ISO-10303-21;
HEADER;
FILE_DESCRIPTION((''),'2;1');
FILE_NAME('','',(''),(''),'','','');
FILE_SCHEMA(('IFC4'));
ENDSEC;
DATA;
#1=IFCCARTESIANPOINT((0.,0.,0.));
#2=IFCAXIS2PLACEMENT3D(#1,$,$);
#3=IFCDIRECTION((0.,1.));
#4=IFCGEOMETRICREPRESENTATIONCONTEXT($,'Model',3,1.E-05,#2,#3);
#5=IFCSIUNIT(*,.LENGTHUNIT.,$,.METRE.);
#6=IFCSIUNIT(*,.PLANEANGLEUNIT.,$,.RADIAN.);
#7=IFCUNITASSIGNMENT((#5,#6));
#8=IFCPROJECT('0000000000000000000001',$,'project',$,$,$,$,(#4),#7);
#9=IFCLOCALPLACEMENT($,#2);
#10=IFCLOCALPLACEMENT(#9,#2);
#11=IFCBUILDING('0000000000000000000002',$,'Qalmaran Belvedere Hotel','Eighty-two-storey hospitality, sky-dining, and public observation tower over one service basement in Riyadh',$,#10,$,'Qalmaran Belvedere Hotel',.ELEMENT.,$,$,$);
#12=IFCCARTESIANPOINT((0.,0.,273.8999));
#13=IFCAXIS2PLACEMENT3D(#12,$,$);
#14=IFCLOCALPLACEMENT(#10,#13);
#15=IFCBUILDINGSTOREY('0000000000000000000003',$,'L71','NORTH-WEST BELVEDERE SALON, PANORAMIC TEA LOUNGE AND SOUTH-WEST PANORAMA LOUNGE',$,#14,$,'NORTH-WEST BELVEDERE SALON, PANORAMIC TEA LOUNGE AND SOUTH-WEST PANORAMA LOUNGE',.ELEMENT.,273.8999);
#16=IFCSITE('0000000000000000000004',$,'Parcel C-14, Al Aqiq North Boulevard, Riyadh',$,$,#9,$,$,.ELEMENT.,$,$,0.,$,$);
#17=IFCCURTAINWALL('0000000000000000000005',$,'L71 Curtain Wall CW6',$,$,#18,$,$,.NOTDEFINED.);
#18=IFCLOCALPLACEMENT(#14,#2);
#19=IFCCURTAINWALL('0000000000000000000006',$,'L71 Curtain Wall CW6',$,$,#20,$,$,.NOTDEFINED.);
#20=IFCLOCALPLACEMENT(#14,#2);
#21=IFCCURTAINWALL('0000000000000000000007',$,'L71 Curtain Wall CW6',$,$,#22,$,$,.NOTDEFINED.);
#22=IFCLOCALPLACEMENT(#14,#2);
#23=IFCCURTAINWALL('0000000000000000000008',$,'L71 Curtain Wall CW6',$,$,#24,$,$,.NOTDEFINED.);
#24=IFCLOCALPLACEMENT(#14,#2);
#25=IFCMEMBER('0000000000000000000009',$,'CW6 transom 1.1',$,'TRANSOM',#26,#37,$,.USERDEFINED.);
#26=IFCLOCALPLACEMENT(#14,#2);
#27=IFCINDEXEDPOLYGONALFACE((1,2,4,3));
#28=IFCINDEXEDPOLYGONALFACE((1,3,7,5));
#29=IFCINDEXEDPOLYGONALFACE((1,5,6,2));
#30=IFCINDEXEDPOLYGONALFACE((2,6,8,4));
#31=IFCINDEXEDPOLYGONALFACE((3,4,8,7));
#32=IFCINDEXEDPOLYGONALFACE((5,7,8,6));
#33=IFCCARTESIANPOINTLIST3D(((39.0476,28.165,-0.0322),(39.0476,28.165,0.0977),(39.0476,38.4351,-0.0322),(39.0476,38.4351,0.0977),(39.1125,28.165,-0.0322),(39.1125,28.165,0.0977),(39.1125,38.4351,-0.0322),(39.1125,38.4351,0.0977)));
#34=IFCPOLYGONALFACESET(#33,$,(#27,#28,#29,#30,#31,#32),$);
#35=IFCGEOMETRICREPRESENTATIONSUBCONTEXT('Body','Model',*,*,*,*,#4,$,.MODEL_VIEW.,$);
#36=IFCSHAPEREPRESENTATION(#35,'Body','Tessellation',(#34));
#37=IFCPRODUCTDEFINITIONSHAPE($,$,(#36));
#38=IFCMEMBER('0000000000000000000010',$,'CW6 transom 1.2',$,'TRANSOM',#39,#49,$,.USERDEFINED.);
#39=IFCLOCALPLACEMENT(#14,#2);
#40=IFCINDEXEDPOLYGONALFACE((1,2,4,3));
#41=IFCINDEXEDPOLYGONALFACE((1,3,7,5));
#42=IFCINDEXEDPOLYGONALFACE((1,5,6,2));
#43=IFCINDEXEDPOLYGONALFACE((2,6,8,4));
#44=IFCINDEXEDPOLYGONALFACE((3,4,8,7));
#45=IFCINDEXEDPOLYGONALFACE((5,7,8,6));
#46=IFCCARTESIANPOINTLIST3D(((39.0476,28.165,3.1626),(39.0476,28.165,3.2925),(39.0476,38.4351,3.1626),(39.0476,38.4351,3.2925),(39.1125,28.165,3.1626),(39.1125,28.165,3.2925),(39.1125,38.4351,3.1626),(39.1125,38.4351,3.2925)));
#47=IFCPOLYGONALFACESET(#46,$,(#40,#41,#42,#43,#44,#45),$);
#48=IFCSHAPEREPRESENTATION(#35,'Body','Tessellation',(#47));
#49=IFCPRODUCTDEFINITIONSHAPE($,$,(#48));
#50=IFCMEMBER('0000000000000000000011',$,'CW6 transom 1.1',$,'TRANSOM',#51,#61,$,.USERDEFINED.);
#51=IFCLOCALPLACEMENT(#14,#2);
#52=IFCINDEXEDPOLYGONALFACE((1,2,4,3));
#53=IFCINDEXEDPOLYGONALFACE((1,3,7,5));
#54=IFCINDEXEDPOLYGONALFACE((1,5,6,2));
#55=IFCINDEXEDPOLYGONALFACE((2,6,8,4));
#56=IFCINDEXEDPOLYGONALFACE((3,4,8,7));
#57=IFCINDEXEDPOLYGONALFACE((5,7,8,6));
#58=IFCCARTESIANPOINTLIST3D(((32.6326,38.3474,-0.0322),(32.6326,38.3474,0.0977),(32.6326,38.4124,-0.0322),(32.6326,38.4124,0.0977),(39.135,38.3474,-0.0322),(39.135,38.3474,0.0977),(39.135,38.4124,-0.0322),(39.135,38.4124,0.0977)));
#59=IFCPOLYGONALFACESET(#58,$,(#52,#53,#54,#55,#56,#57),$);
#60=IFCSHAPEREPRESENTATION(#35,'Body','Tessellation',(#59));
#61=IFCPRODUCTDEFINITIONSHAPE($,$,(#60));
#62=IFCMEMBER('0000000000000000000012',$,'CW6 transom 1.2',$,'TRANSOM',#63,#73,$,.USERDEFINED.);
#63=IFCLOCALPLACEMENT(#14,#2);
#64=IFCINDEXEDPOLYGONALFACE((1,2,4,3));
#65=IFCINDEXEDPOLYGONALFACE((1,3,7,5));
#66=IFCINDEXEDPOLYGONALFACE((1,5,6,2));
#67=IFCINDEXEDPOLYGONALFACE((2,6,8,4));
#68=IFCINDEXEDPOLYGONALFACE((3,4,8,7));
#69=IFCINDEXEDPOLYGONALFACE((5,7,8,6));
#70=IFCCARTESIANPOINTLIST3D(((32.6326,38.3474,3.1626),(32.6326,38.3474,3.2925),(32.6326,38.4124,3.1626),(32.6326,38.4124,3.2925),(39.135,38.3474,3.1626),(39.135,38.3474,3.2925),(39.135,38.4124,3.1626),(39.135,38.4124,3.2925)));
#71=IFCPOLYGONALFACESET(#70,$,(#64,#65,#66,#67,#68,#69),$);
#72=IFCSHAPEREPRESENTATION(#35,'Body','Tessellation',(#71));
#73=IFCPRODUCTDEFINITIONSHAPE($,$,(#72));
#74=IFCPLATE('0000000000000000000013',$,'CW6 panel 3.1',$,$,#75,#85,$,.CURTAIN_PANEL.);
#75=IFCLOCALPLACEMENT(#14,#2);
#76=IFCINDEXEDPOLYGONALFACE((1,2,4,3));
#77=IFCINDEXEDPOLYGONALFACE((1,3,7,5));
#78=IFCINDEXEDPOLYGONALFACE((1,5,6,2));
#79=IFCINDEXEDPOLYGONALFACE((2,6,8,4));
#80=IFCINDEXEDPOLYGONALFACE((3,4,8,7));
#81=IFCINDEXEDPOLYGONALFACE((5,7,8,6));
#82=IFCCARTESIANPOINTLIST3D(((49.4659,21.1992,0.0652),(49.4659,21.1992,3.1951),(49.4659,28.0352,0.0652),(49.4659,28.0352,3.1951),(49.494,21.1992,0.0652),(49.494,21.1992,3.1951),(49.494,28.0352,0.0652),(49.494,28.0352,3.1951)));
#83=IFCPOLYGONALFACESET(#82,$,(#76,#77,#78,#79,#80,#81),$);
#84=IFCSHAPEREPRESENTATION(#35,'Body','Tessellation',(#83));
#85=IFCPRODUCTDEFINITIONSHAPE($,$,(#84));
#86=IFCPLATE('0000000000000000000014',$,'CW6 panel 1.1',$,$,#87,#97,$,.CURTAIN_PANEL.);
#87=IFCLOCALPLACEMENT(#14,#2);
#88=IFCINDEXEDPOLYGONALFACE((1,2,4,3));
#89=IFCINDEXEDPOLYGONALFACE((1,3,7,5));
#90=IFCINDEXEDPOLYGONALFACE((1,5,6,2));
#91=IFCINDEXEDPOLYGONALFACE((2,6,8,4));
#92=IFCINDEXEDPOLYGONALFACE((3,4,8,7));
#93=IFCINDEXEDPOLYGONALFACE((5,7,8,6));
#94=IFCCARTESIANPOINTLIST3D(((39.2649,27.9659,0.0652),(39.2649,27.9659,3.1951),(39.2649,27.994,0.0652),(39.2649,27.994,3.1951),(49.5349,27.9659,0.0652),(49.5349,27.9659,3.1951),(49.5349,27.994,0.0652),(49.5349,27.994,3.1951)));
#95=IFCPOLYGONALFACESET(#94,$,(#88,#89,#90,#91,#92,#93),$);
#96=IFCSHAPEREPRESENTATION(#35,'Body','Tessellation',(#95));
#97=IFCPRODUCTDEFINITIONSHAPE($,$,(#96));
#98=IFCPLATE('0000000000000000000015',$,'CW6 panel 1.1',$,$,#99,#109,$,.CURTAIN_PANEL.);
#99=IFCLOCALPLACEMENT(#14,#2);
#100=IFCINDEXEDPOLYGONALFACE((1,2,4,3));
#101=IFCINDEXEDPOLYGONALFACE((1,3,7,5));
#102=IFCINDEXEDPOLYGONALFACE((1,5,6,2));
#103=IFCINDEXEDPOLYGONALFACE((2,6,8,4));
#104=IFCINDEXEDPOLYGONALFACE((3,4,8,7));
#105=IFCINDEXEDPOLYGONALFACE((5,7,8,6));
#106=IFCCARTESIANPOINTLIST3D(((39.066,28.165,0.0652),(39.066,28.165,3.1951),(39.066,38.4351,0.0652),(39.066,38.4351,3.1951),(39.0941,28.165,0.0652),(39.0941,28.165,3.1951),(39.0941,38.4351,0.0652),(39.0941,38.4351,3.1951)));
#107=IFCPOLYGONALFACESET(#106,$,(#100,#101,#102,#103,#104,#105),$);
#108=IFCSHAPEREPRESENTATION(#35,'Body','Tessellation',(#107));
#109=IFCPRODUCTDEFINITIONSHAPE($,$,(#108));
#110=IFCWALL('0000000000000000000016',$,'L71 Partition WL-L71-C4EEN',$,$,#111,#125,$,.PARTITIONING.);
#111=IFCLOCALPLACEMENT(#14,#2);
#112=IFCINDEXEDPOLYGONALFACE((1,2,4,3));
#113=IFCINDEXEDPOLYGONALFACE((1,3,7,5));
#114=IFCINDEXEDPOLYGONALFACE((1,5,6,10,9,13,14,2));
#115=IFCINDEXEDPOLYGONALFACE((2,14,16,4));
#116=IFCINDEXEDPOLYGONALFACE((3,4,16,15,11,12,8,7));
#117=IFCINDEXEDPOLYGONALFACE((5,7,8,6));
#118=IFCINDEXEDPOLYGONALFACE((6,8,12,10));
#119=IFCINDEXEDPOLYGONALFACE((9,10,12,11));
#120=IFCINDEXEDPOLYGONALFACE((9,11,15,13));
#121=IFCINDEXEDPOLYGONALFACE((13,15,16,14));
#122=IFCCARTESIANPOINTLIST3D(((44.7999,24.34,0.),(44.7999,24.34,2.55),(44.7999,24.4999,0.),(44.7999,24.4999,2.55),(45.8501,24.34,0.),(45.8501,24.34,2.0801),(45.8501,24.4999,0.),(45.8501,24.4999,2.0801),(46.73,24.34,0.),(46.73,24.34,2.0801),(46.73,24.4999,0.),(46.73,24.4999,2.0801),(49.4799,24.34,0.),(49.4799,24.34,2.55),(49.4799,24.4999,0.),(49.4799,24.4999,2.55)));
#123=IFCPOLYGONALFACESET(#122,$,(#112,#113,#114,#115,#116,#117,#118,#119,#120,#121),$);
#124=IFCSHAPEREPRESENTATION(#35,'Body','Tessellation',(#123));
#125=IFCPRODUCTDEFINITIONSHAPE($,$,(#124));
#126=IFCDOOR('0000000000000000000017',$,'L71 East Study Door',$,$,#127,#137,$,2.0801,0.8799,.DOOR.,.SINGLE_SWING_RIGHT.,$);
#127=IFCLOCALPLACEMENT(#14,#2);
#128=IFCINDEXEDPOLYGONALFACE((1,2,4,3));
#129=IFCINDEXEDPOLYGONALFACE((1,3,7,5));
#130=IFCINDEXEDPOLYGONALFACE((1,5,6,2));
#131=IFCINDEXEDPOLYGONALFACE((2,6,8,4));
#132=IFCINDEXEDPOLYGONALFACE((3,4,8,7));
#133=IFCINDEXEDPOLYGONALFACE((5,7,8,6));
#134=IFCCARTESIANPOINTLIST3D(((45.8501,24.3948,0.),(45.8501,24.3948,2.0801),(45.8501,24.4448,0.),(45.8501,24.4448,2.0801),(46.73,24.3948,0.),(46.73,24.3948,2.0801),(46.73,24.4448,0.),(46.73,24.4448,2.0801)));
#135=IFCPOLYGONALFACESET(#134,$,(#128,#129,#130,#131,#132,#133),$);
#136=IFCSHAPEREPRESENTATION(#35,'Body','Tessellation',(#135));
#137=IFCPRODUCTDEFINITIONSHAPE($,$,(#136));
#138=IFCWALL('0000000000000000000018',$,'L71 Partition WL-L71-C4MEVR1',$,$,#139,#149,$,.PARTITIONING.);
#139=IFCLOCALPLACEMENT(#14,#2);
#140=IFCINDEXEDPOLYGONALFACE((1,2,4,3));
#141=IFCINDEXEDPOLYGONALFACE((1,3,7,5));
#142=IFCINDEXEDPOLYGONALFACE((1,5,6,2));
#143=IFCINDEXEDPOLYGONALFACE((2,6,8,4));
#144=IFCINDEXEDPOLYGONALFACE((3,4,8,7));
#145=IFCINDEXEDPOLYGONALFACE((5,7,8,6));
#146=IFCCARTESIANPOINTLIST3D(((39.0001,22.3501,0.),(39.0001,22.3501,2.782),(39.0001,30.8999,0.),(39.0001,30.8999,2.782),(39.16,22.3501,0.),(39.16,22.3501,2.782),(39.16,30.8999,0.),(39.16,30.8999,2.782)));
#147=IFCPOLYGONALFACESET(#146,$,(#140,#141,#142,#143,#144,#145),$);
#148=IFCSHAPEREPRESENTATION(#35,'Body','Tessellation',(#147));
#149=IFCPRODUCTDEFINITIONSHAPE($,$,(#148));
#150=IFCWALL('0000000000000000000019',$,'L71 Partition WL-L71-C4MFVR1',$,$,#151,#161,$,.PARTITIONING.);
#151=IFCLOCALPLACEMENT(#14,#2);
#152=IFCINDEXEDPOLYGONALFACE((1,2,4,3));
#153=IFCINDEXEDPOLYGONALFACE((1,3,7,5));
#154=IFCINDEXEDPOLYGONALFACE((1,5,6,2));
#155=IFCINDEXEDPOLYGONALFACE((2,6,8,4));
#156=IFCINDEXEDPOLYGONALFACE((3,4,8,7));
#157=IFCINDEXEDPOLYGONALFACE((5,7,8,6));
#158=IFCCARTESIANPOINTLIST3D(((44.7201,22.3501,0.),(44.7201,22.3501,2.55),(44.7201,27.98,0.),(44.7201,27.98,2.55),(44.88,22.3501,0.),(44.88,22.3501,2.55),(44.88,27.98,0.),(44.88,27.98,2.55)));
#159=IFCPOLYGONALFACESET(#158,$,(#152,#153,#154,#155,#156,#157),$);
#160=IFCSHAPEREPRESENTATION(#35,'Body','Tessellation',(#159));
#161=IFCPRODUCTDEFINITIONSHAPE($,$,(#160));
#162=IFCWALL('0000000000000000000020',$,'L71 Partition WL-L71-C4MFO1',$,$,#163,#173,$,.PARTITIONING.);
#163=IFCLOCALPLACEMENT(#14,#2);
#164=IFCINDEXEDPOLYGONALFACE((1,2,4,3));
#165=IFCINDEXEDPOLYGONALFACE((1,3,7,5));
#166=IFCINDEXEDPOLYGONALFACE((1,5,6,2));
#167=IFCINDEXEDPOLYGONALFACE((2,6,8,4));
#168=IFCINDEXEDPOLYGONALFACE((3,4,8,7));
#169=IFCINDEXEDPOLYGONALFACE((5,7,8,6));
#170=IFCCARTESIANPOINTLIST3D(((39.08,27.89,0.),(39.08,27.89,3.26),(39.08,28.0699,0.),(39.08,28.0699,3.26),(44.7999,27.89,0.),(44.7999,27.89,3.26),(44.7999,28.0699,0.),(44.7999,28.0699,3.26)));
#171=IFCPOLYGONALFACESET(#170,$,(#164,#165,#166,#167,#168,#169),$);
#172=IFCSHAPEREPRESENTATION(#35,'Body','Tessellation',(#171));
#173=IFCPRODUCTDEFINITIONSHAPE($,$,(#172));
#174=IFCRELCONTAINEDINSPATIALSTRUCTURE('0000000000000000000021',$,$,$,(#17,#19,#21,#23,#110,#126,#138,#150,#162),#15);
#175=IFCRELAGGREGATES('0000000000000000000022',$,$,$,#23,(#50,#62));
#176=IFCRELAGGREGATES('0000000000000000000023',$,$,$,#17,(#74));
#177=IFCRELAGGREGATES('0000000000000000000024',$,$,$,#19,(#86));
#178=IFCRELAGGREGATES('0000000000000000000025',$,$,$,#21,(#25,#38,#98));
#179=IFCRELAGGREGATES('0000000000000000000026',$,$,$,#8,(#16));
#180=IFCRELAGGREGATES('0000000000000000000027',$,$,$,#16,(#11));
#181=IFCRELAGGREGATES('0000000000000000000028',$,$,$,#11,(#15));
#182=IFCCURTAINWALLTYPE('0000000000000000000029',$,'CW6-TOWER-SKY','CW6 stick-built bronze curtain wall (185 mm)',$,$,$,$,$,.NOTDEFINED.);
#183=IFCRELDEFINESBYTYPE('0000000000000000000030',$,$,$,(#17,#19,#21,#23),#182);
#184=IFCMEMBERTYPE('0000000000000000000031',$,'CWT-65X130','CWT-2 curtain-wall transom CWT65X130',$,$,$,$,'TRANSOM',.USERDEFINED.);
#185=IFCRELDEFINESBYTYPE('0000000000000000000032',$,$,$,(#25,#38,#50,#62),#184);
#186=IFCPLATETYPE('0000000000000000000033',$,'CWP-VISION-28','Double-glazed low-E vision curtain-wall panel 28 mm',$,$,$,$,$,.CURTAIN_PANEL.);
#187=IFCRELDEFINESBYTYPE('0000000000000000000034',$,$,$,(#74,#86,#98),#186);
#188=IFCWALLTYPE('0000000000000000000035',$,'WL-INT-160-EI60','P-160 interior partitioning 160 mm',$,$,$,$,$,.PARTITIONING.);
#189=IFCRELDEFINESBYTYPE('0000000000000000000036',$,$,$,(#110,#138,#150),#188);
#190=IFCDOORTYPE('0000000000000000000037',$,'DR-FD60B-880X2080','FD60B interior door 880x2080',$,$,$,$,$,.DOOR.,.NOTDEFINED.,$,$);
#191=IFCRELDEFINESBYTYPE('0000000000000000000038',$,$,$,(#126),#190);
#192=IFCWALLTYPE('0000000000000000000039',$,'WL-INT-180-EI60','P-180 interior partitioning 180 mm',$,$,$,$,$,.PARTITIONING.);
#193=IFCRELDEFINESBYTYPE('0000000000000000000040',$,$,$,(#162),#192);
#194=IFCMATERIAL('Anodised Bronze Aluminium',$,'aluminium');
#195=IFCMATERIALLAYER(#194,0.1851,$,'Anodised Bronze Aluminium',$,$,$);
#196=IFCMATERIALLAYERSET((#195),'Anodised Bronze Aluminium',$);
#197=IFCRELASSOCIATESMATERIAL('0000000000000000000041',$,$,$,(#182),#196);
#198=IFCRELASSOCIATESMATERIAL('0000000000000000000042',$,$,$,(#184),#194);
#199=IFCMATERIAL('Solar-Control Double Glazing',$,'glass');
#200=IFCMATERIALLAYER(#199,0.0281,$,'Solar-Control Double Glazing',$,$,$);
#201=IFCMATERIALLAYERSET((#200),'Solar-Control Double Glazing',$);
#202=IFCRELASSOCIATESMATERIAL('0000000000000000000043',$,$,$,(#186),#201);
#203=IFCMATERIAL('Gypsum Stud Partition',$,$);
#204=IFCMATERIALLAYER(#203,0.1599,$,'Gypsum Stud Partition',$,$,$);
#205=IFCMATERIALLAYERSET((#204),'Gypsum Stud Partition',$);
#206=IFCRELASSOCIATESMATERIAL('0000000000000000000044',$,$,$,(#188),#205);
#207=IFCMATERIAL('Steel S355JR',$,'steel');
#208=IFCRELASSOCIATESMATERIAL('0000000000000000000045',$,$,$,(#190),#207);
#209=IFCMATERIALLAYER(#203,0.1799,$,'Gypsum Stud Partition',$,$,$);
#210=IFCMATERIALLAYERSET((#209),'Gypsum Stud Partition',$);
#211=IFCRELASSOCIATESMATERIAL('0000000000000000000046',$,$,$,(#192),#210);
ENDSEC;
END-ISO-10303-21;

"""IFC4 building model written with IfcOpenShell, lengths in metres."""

from ifc_helpers import new_model, si_unit, direction, frame, frame_2d, origin, origin_2d, place, context, subcontext, project, spatial, rectangle, extrude, material, layer, layer_set, material_profile, profile_set, type_object, element, fill, aggregate, save


model = new_model("IFC4")

# Units and contexts
model_context = context("Model", 3, precision=1e-05, world=origin(), true_north=direction((0.0, 1.0)))
body_context = subcontext(model_context, "Body", "Model", "MODEL_VIEW")
ifc_project = project(units=[si_unit("LENGTHUNIT", "METRE"), si_unit("PLANEANGLEUNIT", "RADIAN")], contexts=[model_context])

# Site, building, storey
site_placement = place(None, origin())
site = spatial("IfcSite", under=ifc_project, at=site_placement, Name="Parcel C-14, Al Aqiq North Boulevard, Riyadh", CompositionType="ELEMENT", RefElevation=0.0)
building_placement = place(site_placement, origin())
building = spatial("IfcBuilding", under=site, at=building_placement, Name="Qalmaran Belvedere Hotel", Description="Eighty-two-storey hospitality, sky-dining, and public observation tower over one service basement in Riyadh", LongName="Qalmaran Belvedere Hotel", CompositionType="ELEMENT")
storey_placement = place(building_placement, frame((0.0, 0.0, 273.8999)))
storey = spatial("IfcBuildingStorey", under=building, at=storey_placement, Name="L71", Description="NORTH-WEST BELVEDERE SALON, PANORAMIC TEA LOUNGE AND SOUTH-WEST PANORAMA LOUNGE", LongName="NORTH-WEST BELVEDERE SALON, PANORAMIC TEA LOUNGE AND SOUTH-WEST PANORAMA LOUNGE", CompositionType="ELEMENT", Elevation=273.8999)

# Shared definitions
ifc_material_1 = material(Name="Steel S355JR", Category="steel")

# Curtain walls
ifc_material_2 = material(Name="Anodised Bronze Aluminium", Category="aluminium")
ifc_layer_1 = layer(ifc_material_2, 0.1851, Name="Anodised Bronze Aluminium")
ifc_layer_set_1 = layer_set([ifc_layer_1], Name="Anodised Bronze Aluminium")
curtain_wall_type = type_object("IfcCurtainWallType", Name="CW6-TOWER-SKY", Description="CW6 stick-built bronze curtain wall (185 mm)", PredefinedType="NOTDEFINED", material=ifc_layer_set_1)
curtain_wall_1_placement = place(storey_placement, origin())
curtain_wall_1 = element("IfcCurtainWall", 1, at=curtain_wall_1_placement, inside=storey, type_object=curtain_wall_type, Name="L71 Curtain Wall CW6", PredefinedType="NOTDEFINED")
curtain_wall_2_placement = place(storey_placement, origin())
curtain_wall_2 = element("IfcCurtainWall", 2, at=curtain_wall_2_placement, inside=storey, type_object=curtain_wall_type, Name="L71 Curtain Wall CW6", PredefinedType="NOTDEFINED")
curtain_wall_3_placement = place(storey_placement, origin())
curtain_wall_3 = element("IfcCurtainWall", 3, at=curtain_wall_3_placement, inside=storey, type_object=curtain_wall_type, Name="L71 Curtain Wall CW6", PredefinedType="NOTDEFINED")

# Curtain wall
curtain_wall_4_placement = place(storey_placement, origin())
curtain_wall_4 = element("IfcCurtainWall", 4, at=curtain_wall_4_placement, inside=storey, type_object=curtain_wall_type, Name="L71 Curtain Wall CW6", PredefinedType="NOTDEFINED")

# Members
ifc_material_profile_1 = material_profile(ifc_material_2, rectangle(XDim=0.0649, YDim=0.1299, at=origin_2d()), Name="CWT65X130")
ifc_profile_set_1 = profile_set([ifc_material_profile_1], Name="Anodised Bronze Aluminium")
member_type_1 = type_object("IfcMemberType", Name="CWT-65X130", Description="CWT-2 curtain-wall transom CWT65X130", ElementType="TRANSOM", PredefinedType="USERDEFINED", material=ifc_profile_set_1)
member_1_placement = place(storey_placement, frame((39.0801, 28.165, 0.0327), z_axis=(0.0, 1.0, 0.0), x_axis=(-1.0, 0.0, 0.0)))
member_1 = element("IfcMember", 5, at=member_1_placement, type_object=member_type_1, Name="CW6 transom 1.1", ObjectType="TRANSOM", PredefinedType="USERDEFINED", context=body_context, shape_type="SweptSolid", body=[
    extrude(rectangle(XDim=0.0649, YDim=0.1299, at=origin_2d()), origin(), (0.0, 0.0, 1.0), 10.27),
])
member_2_placement = place(storey_placement, frame((39.0801, 28.165, 3.2275), z_axis=(0.0, 1.0, 0.0), x_axis=(-1.0, 0.0, 0.0)))
member_2 = element("IfcMember", 6, at=member_2_placement, type_object=member_type_1, Name="CW6 transom 1.2", ObjectType="TRANSOM", PredefinedType="USERDEFINED", context=body_context, shape_type="SweptSolid", body=[
    extrude(rectangle(XDim=0.0649, YDim=0.1299, at=origin_2d()), origin(), (0.0, 0.0, 1.0), 10.27),
])
member_3_placement = place(storey_placement, frame((39.135, 38.3799, 0.0327), z_axis=(-1.0, 0.0, 0.0), x_axis=(0.0, -1.0, 0.0)))
member_3 = element("IfcMember", 7, at=member_3_placement, type_object=member_type_1, Name="CW6 transom 1.1", ObjectType="TRANSOM", PredefinedType="USERDEFINED", context=body_context, shape_type="SweptSolid", body=[
    extrude(rectangle(XDim=0.0649, YDim=0.1299, at=origin_2d()), origin(), (0.0, 0.0, 1.0), 6.5024),
])
member_4_placement = place(storey_placement, frame((39.135, 38.3799, 3.2275), z_axis=(-1.0, 0.0, 0.0), x_axis=(0.0, -1.0, 0.0)))
member_4 = element("IfcMember", 8, at=member_4_placement, type_object=member_type_1, Name="CW6 transom 1.2", ObjectType="TRANSOM", PredefinedType="USERDEFINED", context=body_context, shape_type="SweptSolid", body=[
    extrude(rectangle(XDim=0.0649, YDim=0.1299, at=origin_2d()), origin(), (0.0, 0.0, 1.0), 6.5024),
])
aggregate(curtain_wall_4, [member_3, member_4])

# Plates
ifc_material_3 = material(Name="Solar-Control Double Glazing", Category="glass")
ifc_layer_2 = layer(ifc_material_3, 0.0281, Name="Solar-Control Double Glazing")
ifc_layer_set_2 = layer_set([ifc_layer_2], Name="Solar-Control Double Glazing")
plate_type = type_object("IfcPlateType", Name="CWP-VISION-28", Description="Double-glazed low-E vision curtain-wall panel 28 mm", PredefinedType="CURTAIN_PANEL", material=ifc_layer_set_2)
plate_1_placement = place(storey_placement, frame((49.48, 24.6172, 0.0652), z_axis=(0.0, 0.0, 1.0), x_axis=(0.0, 1.0, 0.0)))
plate_1 = element("IfcPlate", 9, at=plate_1_placement, type_object=plate_type, Name="CW6 panel 3.1", PredefinedType="CURTAIN_PANEL", context=body_context, shape_type="SweptSolid", body=[
    extrude(rectangle(XDim=6.8359, YDim=0.0281, at=origin_2d()), origin(), (0.0, 0.0, 1.0), 3.1299),
])
aggregate(curtain_wall_1, [plate_1])
plate_2_placement = place(storey_placement, frame((44.3999, 27.98, 0.0652), z_axis=(0.0, 0.0, 1.0), x_axis=(-1.0, 0.0, 0.0)))
plate_2 = element("IfcPlate", 10, at=plate_2_placement, type_object=plate_type, Name="CW6 panel 1.1", PredefinedType="CURTAIN_PANEL", context=body_context, shape_type="SweptSolid", body=[
    extrude(rectangle(XDim=10.27, YDim=0.0281, at=origin_2d()), origin(), (0.0, 0.0, 1.0), 3.1299),
])
aggregate(curtain_wall_2, [plate_2])
plate_3_placement = place(storey_placement, frame((39.0801, 33.3, 0.0652), z_axis=(0.0, 0.0, 1.0), x_axis=(0.0, 1.0, 0.0)))
plate_3 = element("IfcPlate", 11, at=plate_3_placement, type_object=plate_type, Name="CW6 panel 1.1", PredefinedType="CURTAIN_PANEL", context=body_context, shape_type="SweptSolid", body=[
    extrude(rectangle(XDim=10.27, YDim=0.0281, at=origin_2d()), origin(), (0.0, 0.0, 1.0), 3.1299),
])
aggregate(curtain_wall_3, [member_1, member_2, plate_3])

# Wall, opening, door
ifc_material_4 = material(Name="Gypsum Stud Partition")
ifc_layer_3 = layer(ifc_material_4, 0.1599, Name="Gypsum Stud Partition")
ifc_layer_set_3 = layer_set([ifc_layer_3], Name="Gypsum Stud Partition")
wall_type_1 = type_object("IfcWallType", Name="WL-INT-160-EI60", Description="P-160 interior partitioning 160 mm", PredefinedType="PARTITIONING", material=ifc_layer_set_3)
wall_1_placement = place(storey_placement, frame((44.8, 24.4199, 0.0), z_axis=(0.0, 0.0, 1.0), x_axis=(1.0, 0.0, 0.0)))
wall_1 = element("IfcWall", 12, at=wall_1_placement, inside=storey, type_object=wall_type_1, Name="L71 Partition WL-L71-C4EEN", PredefinedType="PARTITIONING", context=body_context, shape_type="SweptSolid", body=[
    extrude(rectangle(XDim=4.6799, YDim=0.1599, at=frame_2d((2.3398, 0.0))), origin(), (0.0, 0.0, 1.0), 2.55),
])
opening_1_placement = place(wall_1_placement, frame((1.05, 0.0, 0.0)))
opening_1 = element("IfcOpeningElement", 13, at=opening_1_placement, cuts=wall_1, PredefinedType="OPENING", context=body_context, shape_type="SweptSolid", body=[
    extrude(rectangle(XDim=0.8799, YDim=2.0801, at=frame_2d((0.4399, 1.04))), frame((0.0, 0.0898, 0.0), z_axis=(0.0, -1.0, 0.0), x_axis=(1.0, 0.0, 0.0)), (0.0, 0.0, 1.0), 0.1799),
])
door_type_1 = type_object("IfcDoorType", Name="DR-FD60B-880X2080", Description="FD60B interior door 880x2080", OperationType="NOTDEFINED", PredefinedType="DOOR", material=ifc_material_1)
door_1_placement = place(opening_1_placement, origin())
door_1 = element("IfcDoor", 14, at=door_1_placement, inside=storey, type_object=door_type_1, Name="L71 East Study Door", OperationType="SINGLE_SWING_RIGHT", OverallHeight=2.0801, OverallWidth=0.8799, PredefinedType="DOOR", context=body_context, shape_type="SweptSolid", body=[
    extrude(rectangle(XDim=0.8799, YDim=2.0801, at=frame_2d((0.4399, 1.04))), frame((0.0, 0.0249, 0.0), z_axis=(0.0, -1.0, 0.0), x_axis=(1.0, 0.0, 0.0)), (0.0, 0.0, 1.0), 0.05),
])
fill(opening_1, door_1)

# Walls
wall_2_placement = place(storey_placement, frame((39.0801, 22.3501, 0.0), z_axis=(0.0, 0.0, 1.0), x_axis=(0.0, 1.0, 0.0)))
element("IfcWall", 15, at=wall_2_placement, inside=storey, type_object=wall_type_1, Name="L71 Partition WL-L71-C4MEVR1", PredefinedType="PARTITIONING", context=body_context, shape_type="SweptSolid", body=[
    extrude(rectangle(XDim=8.5498, YDim=0.1599, at=frame_2d((4.2749, 0.0))), origin(), (0.0, 0.0, 1.0), 2.782),
])
wall_3_placement = place(storey_placement, frame((44.8, 22.3501, 0.0), z_axis=(0.0, 0.0, 1.0), x_axis=(0.0, 1.0, 0.0)))
element("IfcWall", 16, at=wall_3_placement, inside=storey, type_object=wall_type_1, Name="L71 Partition WL-L71-C4MFVR1", PredefinedType="PARTITIONING", context=body_context, shape_type="SweptSolid", body=[
    extrude(rectangle(XDim=5.6299, YDim=0.1599, at=frame_2d((2.8149, 0.0))), origin(), (0.0, 0.0, 1.0), 2.55),
])

# Shared definitions
ifc_layer_4 = layer(ifc_material_4, 0.1799, Name="Gypsum Stud Partition")
ifc_layer_set_4 = layer_set([ifc_layer_4], Name="Gypsum Stud Partition")
wall_type_2 = type_object("IfcWallType", Name="WL-INT-180-EI60", Description="P-180 interior partitioning 180 mm", PredefinedType="PARTITIONING", material=ifc_layer_set_4)

# Wall
wall_4_placement = place(storey_placement, frame((39.0801, 27.98, 0.0), z_axis=(0.0, 0.0, 1.0), x_axis=(1.0, 0.0, 0.0)))
element("IfcWall", 17, at=wall_4_placement, inside=storey, type_object=wall_type_2, Name="L71 Partition WL-L71-C4MFO1", PredefinedType="PARTITIONING", context=body_context, shape_type="SweptSolid", body=[
    extrude(rectangle(XDim=5.72, YDim=0.1799, at=frame_2d((2.8599, 0.0))), origin(), (0.0, 0.0, 1.0), 3.26),
])

save(model, "model.ifc")
